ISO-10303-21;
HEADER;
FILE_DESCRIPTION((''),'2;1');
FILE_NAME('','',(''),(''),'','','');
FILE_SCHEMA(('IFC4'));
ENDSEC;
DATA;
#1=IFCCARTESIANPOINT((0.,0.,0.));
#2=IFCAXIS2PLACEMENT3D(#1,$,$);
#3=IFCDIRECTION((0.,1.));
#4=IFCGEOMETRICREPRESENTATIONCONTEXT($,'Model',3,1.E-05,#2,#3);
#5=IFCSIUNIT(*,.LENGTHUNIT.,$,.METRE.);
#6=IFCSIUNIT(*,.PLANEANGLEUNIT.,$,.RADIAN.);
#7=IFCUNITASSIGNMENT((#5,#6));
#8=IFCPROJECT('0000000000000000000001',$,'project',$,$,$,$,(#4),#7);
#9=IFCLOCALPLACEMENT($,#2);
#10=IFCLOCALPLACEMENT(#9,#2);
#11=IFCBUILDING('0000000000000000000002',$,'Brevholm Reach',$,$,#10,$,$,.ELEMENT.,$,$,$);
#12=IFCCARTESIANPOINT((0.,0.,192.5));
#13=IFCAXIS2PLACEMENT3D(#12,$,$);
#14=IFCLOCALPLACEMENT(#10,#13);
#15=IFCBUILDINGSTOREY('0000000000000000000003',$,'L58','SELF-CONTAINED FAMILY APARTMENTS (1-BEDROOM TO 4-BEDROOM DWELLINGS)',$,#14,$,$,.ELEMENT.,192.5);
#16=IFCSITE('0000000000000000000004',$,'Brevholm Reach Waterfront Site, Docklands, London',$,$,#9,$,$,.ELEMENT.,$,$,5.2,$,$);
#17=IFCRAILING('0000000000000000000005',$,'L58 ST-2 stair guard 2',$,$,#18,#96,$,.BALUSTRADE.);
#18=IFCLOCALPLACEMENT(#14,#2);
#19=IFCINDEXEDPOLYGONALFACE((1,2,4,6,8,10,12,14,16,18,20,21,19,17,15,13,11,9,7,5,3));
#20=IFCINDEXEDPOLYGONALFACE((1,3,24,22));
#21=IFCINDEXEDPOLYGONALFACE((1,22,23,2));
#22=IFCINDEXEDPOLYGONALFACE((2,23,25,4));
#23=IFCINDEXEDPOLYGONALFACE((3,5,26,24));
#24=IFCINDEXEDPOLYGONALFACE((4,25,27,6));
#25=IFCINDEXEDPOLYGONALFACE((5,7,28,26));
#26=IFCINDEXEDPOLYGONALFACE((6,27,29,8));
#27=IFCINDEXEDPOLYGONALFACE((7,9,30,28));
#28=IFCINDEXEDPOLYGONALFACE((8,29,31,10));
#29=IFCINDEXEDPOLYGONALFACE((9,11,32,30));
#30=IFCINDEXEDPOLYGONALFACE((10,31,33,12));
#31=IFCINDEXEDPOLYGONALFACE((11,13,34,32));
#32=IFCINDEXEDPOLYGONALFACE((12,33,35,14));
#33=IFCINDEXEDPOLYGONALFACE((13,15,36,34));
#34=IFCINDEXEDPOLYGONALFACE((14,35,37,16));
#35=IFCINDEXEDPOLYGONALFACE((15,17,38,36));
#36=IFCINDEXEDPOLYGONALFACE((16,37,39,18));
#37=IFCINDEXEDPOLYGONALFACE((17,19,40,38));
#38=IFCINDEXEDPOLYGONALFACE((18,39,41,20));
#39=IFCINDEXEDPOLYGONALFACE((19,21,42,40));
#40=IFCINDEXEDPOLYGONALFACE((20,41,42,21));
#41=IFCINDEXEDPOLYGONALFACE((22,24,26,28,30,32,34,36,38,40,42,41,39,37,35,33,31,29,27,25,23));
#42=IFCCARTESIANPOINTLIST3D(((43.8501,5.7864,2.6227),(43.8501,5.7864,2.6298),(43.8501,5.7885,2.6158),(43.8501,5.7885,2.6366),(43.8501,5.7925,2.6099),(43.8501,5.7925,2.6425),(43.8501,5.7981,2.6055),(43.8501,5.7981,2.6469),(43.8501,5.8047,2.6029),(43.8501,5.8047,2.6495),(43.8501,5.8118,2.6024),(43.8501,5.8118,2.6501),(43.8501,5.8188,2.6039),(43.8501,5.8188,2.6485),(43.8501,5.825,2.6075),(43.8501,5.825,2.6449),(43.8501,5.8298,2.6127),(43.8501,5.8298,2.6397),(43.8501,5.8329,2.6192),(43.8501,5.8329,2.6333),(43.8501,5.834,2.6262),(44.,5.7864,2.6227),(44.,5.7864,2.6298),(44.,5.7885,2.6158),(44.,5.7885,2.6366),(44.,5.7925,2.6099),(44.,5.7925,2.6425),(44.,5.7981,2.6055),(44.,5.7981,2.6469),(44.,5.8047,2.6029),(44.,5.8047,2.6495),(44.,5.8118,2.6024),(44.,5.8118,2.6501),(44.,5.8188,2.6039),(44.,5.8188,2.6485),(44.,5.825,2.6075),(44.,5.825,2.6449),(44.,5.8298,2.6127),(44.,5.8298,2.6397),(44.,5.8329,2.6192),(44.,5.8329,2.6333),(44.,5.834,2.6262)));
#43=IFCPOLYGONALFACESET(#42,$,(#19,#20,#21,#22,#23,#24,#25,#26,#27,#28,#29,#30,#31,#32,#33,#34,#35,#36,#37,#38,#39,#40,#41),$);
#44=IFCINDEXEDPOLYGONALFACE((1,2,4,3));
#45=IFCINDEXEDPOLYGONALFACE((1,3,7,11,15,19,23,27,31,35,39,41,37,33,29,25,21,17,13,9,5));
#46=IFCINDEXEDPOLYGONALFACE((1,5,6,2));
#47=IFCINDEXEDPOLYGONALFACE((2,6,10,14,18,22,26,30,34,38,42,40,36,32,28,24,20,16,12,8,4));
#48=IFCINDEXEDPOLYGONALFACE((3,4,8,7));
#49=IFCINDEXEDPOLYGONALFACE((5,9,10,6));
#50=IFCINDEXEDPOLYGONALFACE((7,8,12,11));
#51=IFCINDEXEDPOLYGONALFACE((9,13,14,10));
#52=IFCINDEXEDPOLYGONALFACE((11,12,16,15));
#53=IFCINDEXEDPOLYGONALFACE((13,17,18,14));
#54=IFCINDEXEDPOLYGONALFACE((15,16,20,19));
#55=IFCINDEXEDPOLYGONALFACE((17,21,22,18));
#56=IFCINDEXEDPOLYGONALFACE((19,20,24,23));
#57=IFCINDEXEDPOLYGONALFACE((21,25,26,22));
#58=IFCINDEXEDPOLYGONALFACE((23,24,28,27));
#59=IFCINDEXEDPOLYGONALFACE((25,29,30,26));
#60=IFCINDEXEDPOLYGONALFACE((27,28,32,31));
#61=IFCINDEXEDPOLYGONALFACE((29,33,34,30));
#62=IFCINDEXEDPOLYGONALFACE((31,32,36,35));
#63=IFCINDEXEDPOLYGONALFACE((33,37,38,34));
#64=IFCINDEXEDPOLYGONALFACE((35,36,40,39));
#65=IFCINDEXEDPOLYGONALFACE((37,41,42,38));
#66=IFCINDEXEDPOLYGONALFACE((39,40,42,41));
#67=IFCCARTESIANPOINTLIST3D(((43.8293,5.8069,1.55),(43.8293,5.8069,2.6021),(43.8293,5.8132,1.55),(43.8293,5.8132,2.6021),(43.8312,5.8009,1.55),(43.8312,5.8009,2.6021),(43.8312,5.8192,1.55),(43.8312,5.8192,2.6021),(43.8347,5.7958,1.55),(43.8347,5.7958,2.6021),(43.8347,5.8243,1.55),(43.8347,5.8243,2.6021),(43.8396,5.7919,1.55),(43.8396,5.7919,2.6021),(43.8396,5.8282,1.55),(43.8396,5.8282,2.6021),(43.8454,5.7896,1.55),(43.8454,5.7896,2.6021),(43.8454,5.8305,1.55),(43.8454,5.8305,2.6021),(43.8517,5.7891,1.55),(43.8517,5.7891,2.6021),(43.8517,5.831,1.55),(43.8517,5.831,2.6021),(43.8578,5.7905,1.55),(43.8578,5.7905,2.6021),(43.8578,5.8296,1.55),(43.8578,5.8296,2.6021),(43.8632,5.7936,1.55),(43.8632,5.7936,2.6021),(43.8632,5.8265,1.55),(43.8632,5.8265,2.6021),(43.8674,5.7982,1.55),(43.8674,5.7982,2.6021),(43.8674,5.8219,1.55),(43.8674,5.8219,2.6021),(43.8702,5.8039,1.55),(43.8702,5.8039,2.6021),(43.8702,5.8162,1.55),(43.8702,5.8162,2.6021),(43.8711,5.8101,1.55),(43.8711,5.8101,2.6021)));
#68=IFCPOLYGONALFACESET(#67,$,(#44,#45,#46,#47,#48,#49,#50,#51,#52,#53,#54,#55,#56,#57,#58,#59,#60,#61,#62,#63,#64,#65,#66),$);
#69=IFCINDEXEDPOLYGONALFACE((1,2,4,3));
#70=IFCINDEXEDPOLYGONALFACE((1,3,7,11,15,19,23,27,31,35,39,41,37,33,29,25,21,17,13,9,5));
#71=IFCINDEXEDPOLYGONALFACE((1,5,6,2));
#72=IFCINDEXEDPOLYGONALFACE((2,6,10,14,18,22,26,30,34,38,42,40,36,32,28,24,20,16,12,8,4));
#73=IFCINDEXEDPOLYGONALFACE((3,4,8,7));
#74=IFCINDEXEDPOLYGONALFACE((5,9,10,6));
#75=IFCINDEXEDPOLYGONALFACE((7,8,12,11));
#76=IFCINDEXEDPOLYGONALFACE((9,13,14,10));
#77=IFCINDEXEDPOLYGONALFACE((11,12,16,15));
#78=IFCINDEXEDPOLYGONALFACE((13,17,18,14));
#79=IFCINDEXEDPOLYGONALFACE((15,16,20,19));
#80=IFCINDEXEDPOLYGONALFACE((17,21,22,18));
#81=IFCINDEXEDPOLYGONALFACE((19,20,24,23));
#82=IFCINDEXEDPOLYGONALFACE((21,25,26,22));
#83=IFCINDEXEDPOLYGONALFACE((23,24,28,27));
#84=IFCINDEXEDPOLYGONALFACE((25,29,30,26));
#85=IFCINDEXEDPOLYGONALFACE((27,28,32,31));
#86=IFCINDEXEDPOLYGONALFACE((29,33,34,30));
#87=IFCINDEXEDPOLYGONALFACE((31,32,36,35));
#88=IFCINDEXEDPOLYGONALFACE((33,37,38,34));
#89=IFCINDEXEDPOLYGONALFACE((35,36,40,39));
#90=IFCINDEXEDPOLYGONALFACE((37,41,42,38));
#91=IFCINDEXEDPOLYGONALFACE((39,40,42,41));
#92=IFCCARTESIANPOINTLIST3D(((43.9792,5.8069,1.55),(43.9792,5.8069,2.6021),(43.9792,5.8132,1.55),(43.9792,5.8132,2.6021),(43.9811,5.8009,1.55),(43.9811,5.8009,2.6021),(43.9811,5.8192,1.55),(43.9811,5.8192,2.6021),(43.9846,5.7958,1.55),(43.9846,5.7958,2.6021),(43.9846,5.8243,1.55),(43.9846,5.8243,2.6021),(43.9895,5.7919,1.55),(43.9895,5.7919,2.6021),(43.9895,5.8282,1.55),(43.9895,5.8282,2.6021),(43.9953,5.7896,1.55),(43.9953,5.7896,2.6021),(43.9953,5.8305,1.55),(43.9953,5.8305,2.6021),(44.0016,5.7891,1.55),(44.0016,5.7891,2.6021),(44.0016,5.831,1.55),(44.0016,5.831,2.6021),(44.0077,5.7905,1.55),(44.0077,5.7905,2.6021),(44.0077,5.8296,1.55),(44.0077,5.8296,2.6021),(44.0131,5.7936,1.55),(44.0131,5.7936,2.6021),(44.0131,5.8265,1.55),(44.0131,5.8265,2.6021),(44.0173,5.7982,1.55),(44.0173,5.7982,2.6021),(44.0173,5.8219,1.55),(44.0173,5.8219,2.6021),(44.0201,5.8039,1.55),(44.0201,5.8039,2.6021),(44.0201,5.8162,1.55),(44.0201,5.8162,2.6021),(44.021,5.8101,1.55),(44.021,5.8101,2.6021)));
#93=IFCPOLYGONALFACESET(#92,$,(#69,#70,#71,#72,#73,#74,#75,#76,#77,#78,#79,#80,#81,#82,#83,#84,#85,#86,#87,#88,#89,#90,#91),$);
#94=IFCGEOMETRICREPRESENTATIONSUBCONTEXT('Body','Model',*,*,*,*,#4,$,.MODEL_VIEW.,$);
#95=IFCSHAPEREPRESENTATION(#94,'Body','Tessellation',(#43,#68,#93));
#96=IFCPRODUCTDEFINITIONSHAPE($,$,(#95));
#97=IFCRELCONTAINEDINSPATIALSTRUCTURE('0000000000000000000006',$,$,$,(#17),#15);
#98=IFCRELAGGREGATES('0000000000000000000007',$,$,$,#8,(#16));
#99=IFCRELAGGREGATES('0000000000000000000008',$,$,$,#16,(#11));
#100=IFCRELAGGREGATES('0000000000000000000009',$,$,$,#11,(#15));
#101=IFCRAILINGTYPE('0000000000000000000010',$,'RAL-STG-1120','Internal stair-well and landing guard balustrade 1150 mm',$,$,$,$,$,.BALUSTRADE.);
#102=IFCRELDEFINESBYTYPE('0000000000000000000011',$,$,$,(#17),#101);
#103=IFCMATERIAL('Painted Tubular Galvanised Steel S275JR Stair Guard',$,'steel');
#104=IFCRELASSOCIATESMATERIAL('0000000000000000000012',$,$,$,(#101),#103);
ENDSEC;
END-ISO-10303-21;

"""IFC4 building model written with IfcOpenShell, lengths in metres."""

from ifc_helpers import new_model, si_unit, direction, frame, origin, origin_2d, place, context, subcontext, project, spatial, circle, extrude, material, type_object, element, save


model = new_model("IFC4")

# Units and contexts
model_context = context("Model", 3, precision=1e-05, world=origin(), true_north=direction((0.0, 1.0)))
body_context = subcontext(model_context, "Body", "Model", "MODEL_VIEW")
ifc_project = project(units=[si_unit("LENGTHUNIT", "METRE"), si_unit("PLANEANGLEUNIT", "RADIAN")], contexts=[model_context])

# Site, building, storey
site_placement = place(None, origin())
site = spatial("IfcSite", under=ifc_project, at=site_placement, Name="Brevholm Reach Waterfront Site, Docklands, London", CompositionType="ELEMENT", RefElevation=5.2)
building_placement = place(site_placement, origin())
building = spatial("IfcBuilding", under=site, at=building_placement, Name="Brevholm Reach", CompositionType="ELEMENT")
storey_placement = place(building_placement, frame((0.0, 0.0, 192.5)))
storey = spatial("IfcBuildingStorey", under=building, at=storey_placement, Name="L58", Description="SELF-CONTAINED FAMILY APARTMENTS (1-BEDROOM TO 4-BEDROOM DWELLINGS)", CompositionType="ELEMENT", Elevation=192.5)

# Railing
ifc_material_1 = material(Name="Painted Tubular Galvanised Steel S275JR Stair Guard", Category="steel")
railing_type_1 = type_object("IfcRailingType", Name="RAL-STG-1120", Description="Internal stair-well and landing guard balustrade 1150 mm", PredefinedType="BALUSTRADE", material=ifc_material_1)
railing_1_placement = place(storey_placement, frame((43.8501, 5.8101, 1.55)))
element("IfcRailing", 1, at=railing_1_placement, inside=storey, type_object=railing_type_1, Name="L58 ST-2 stair guard 2", PredefinedType="BALUSTRADE", context=body_context, shape_type="SweptSolid", body=[
    extrude(circle(Radius=0.0239, at=origin_2d()), frame((0.0, 0.0, 1.0762), z_axis=(1.0, 0.0, 0.0), x_axis=(0.0, 1.0, 0.0)), (0.0, 0.0, 1.0), 0.1499),
    extrude(circle(Radius=0.021, at=origin_2d()), origin(), (0.0, 0.0, 1.0), 1.052),
    extrude(circle(Radius=0.021, at=origin_2d()), frame((0.1499, 0.0, 0.0)), (0.0, 0.0, 1.0), 1.052),
])

save(model, "model.ifc")
